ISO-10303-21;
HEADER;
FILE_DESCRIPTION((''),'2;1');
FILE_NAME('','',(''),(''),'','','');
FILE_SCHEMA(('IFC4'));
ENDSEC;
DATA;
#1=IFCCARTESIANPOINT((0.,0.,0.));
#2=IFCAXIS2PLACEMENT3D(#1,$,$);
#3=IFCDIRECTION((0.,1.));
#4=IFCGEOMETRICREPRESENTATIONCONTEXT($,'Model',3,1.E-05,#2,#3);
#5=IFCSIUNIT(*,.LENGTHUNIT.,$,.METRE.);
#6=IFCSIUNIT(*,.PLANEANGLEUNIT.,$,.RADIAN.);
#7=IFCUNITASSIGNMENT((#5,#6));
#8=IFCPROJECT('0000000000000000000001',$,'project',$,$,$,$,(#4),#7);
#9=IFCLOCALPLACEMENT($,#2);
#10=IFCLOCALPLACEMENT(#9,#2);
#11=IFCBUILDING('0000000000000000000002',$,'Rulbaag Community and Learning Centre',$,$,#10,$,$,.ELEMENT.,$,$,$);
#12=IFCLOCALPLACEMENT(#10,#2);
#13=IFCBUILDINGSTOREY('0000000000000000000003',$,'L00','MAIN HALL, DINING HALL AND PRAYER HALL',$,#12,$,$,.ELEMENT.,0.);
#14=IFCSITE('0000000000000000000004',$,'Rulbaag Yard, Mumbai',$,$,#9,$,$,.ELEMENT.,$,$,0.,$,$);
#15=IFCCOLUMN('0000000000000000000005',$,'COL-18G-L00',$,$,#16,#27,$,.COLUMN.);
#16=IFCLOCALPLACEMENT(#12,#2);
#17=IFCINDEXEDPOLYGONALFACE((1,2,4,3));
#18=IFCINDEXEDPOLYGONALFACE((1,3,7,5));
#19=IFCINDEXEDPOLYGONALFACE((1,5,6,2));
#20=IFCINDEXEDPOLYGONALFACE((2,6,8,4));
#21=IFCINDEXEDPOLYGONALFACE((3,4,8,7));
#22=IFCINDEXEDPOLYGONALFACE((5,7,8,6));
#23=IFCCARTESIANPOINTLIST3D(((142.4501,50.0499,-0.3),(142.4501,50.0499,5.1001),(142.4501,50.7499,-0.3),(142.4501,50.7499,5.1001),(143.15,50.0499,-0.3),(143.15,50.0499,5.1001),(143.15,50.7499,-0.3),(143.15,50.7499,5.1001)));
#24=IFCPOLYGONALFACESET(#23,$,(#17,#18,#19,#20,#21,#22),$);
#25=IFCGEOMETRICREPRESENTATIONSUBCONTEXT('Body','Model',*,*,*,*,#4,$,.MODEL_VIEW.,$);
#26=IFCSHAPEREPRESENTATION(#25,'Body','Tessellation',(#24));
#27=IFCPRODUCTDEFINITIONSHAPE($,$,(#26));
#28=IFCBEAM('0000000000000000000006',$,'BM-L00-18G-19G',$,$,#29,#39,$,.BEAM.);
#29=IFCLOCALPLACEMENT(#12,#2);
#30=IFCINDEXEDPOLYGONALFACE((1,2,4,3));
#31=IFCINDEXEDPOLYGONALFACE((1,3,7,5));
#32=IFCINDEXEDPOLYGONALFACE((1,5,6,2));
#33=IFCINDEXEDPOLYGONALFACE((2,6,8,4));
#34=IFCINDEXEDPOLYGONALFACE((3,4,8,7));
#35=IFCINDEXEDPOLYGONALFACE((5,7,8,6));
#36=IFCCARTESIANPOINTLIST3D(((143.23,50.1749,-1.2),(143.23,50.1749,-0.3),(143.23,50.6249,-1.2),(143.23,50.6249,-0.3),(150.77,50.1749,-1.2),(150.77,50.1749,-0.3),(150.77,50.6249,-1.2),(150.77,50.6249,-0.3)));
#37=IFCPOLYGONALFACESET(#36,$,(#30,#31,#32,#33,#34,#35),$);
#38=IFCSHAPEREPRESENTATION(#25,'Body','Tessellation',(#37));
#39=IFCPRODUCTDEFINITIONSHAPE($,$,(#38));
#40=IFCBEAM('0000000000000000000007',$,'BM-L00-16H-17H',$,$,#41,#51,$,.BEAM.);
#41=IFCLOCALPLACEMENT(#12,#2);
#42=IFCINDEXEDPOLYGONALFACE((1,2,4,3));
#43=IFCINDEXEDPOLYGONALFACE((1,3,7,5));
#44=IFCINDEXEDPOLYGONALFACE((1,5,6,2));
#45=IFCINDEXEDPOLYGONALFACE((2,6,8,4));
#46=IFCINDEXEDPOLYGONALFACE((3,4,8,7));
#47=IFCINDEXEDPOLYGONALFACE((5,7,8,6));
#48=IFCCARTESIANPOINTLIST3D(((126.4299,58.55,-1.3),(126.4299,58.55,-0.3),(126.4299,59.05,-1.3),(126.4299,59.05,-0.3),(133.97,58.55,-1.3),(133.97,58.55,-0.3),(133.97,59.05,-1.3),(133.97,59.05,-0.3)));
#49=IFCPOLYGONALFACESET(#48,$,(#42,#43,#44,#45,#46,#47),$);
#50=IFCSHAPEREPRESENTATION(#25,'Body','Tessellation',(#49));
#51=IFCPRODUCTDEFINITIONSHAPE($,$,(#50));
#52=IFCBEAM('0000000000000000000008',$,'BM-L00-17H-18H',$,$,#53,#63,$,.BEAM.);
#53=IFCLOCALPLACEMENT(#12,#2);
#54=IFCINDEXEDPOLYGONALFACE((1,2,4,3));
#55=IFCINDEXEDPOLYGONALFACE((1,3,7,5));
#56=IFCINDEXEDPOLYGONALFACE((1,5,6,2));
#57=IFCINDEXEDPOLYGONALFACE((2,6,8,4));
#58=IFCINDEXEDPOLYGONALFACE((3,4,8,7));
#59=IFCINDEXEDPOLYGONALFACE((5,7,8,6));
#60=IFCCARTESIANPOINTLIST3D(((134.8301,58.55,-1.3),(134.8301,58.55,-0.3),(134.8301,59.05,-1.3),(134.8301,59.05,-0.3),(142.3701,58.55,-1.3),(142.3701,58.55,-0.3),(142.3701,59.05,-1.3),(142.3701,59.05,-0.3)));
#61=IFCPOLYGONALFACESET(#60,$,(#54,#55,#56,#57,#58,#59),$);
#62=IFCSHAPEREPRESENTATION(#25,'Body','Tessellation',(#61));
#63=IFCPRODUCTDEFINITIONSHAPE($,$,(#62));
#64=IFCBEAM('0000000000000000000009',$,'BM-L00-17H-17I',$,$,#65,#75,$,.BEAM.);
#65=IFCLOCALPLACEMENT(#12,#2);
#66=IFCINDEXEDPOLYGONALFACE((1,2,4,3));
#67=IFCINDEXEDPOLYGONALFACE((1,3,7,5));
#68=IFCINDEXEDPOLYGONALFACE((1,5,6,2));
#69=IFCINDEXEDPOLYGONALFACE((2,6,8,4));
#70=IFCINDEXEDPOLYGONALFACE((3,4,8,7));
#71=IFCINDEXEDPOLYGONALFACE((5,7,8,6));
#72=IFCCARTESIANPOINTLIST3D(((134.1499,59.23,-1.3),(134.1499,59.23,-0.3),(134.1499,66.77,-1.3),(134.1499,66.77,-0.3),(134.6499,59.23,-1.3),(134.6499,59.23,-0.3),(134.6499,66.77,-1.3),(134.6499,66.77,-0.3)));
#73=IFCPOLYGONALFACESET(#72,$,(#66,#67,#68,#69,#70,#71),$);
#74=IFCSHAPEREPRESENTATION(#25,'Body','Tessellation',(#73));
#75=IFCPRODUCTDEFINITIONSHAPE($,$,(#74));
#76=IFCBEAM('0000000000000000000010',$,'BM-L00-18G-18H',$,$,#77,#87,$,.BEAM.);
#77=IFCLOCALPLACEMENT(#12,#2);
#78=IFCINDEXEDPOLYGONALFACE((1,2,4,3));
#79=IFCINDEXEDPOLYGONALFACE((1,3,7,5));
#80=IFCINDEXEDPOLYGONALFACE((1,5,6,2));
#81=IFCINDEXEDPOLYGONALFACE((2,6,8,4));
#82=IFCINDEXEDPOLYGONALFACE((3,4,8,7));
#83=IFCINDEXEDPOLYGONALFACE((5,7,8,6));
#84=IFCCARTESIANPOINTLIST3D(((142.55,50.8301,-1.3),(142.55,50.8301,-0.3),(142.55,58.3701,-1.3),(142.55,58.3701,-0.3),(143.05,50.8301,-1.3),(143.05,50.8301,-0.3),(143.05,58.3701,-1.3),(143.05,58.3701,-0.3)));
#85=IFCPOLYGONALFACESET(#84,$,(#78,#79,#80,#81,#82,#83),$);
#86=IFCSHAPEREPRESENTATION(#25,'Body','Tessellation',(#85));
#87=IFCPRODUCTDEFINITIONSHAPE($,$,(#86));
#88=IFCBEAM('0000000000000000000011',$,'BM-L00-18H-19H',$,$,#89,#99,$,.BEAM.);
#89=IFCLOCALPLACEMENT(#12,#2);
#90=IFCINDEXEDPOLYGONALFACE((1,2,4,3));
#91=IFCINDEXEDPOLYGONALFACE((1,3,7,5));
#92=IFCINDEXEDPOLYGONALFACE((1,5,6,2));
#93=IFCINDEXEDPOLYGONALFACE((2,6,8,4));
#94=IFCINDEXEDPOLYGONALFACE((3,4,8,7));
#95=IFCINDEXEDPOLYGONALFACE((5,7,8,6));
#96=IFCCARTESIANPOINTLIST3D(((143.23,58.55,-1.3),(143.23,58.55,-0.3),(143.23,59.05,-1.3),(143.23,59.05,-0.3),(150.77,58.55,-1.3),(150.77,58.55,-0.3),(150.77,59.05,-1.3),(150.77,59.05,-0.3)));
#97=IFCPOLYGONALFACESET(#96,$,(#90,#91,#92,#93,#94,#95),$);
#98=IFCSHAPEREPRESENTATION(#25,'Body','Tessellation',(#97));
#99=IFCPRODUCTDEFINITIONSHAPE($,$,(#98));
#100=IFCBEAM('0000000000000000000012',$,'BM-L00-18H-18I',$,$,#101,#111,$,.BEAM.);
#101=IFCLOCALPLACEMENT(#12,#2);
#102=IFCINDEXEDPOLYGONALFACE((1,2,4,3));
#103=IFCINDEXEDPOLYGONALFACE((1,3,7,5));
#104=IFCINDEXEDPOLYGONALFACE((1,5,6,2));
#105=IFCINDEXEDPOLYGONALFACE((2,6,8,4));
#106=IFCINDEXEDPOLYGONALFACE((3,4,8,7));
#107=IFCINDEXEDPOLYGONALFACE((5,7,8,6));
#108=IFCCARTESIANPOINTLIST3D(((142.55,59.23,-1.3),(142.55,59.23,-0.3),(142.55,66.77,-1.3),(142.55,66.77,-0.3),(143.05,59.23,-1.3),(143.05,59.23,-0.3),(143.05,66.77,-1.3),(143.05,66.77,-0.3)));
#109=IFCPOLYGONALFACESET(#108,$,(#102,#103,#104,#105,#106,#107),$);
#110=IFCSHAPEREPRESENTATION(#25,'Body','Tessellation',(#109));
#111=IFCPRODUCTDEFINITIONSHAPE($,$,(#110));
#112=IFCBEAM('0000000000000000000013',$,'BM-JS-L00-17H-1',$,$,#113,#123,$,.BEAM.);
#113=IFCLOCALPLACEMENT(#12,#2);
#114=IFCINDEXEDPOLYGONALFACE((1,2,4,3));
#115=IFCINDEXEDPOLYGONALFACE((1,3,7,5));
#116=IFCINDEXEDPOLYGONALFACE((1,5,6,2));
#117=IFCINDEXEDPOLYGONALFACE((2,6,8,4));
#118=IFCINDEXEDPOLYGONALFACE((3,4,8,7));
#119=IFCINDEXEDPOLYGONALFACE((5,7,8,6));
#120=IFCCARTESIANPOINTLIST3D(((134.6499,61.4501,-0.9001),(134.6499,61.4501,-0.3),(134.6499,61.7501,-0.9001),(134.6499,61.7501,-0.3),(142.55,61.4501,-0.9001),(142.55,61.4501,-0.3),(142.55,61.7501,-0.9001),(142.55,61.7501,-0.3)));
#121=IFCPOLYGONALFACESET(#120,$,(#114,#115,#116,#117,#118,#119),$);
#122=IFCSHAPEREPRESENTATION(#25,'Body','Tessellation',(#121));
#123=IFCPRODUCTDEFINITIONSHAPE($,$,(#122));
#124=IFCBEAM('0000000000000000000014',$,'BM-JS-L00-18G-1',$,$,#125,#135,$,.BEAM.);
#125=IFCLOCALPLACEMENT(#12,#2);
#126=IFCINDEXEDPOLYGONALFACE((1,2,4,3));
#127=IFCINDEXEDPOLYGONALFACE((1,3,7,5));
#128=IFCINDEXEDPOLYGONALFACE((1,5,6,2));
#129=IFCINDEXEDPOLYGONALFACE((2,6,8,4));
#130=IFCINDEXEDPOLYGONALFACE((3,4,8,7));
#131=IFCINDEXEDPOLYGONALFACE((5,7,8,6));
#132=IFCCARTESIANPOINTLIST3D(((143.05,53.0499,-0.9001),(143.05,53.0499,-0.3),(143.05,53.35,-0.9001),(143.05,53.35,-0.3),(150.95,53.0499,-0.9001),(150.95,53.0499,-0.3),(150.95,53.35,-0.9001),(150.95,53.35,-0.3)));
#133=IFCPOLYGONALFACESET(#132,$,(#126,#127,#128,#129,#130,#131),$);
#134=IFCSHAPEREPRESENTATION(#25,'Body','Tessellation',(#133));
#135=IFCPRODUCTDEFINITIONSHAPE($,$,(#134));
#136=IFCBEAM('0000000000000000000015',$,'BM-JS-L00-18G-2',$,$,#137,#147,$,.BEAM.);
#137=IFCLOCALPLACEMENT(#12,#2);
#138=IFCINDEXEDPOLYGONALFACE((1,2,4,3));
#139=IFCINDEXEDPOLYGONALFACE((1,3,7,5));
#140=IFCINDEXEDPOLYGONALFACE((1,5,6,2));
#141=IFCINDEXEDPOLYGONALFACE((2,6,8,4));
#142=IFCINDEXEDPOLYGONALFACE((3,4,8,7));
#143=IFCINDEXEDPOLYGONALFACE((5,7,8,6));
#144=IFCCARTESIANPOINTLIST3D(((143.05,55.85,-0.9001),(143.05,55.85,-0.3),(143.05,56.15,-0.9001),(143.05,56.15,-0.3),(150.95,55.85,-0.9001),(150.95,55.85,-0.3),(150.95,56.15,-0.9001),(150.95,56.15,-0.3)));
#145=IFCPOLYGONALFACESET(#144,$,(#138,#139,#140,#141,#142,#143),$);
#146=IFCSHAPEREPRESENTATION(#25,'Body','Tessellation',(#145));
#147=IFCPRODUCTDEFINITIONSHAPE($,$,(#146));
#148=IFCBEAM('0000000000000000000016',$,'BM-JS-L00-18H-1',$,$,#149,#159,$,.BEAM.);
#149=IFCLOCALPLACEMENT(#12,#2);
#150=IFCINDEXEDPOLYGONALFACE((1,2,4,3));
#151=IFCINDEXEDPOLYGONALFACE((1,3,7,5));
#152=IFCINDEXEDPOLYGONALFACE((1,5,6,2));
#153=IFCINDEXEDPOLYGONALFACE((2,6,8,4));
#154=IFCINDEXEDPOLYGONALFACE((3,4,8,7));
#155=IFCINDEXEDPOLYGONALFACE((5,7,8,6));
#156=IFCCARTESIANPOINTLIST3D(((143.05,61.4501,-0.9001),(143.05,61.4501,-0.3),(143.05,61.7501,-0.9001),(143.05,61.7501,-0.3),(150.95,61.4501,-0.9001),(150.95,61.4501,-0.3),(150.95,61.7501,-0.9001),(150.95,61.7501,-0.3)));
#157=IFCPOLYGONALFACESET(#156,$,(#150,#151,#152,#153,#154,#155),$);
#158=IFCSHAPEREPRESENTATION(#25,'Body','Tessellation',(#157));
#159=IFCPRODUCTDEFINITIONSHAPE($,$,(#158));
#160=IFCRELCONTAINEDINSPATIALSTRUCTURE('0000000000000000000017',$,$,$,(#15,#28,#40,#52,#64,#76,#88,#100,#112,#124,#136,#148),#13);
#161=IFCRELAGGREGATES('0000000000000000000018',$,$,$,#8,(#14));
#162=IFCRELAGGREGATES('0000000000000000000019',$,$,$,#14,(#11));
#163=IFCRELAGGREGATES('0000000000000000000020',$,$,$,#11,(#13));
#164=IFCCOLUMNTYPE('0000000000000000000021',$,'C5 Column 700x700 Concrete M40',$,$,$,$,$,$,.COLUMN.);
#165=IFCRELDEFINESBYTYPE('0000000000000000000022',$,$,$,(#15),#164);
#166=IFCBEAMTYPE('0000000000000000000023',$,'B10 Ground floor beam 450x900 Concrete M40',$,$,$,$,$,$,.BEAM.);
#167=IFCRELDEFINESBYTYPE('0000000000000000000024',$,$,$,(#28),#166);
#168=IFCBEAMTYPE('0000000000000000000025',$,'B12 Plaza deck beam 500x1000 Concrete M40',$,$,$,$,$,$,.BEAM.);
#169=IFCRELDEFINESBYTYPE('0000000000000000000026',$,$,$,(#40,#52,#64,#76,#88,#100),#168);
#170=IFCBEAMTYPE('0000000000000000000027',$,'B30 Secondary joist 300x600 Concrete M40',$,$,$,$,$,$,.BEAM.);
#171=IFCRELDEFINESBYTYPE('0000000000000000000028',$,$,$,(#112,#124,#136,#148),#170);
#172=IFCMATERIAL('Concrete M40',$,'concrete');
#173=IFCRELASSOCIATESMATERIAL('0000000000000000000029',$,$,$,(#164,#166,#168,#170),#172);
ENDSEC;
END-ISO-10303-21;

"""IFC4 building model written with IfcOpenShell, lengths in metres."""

from ifc_helpers import new_model, si_unit, direction, frame, origin, origin_2d, place, context, subcontext, project, spatial, rectangle, extrude, material, material_profile, profile_set, type_object, element, save


model = new_model("IFC4")

# Units and contexts
model_context = context("Model", 3, precision=1e-05, world=origin(), true_north=direction((0.0, 1.0)))
body_context = subcontext(model_context, "Body", "Model", "MODEL_VIEW")
ifc_project = project(units=[si_unit("LENGTHUNIT", "METRE"), si_unit("PLANEANGLEUNIT", "RADIAN")], contexts=[model_context])

# Site, building, storey
site_placement = place(None, origin())
site = spatial("IfcSite", under=ifc_project, at=site_placement, Name="Rulbaag Yard, Mumbai", CompositionType="ELEMENT", RefElevation=0.0)
building_placement = place(site_placement, origin())
building = spatial("IfcBuilding", under=site, at=building_placement, Name="Rulbaag Community and Learning Centre", CompositionType="ELEMENT")
storey_placement = place(building_placement, origin())
storey = spatial("IfcBuildingStorey", under=building, at=storey_placement, Name="L00", Description="MAIN HALL, DINING HALL AND PRAYER HALL", CompositionType="ELEMENT", Elevation=0.0)

# Column
ifc_material_1 = material(Name="Concrete M40", Category="concrete")
ifc_material_profile_1 = material_profile(ifc_material_1, rectangle(XDim=0.7, YDim=0.7, at=origin_2d()), Name="RC700x700")
ifc_profile_set_1 = profile_set([ifc_material_profile_1], Name="Concrete M40")
column_type = type_object("IfcColumnType", Name="C5 Column 700x700 Concrete M40", PredefinedType="COLUMN", material=ifc_profile_set_1)
column_placement = place(storey_placement, frame((142.8, 50.3999, -0.3), z_axis=(0.0, 0.0, 1.0), x_axis=(1.0, 0.0, 0.0)))
element("IfcColumn", 1, at=column_placement, inside=storey, type_object=column_type, Name="COL-18G-L00", PredefinedType="COLUMN", context=body_context, shape_type="SweptSolid", body=[
    extrude(rectangle(XDim=0.7, YDim=0.7, at=origin_2d()), origin(), (0.0, 0.0, 1.0), 5.4001),
])

# Beams
ifc_material_profile_2 = material_profile(ifc_material_1, rectangle(XDim=0.45, YDim=0.8999, at=origin_2d()), Name="RB450x900")
ifc_profile_set_2 = profile_set([ifc_material_profile_2], Name="Concrete M40")
beam_type_1 = type_object("IfcBeamType", Name="B10 Ground floor beam 450x900 Concrete M40", PredefinedType="BEAM", material=ifc_profile_set_2)
beam_1_placement = place(storey_placement, frame((143.23, 50.3999, -0.75), z_axis=(1.0, 0.0, 0.0), x_axis=(0.0, 1.0, 0.0)))
element("IfcBeam", 2, at=beam_1_placement, inside=storey, type_object=beam_type_1, Name="BM-L00-18G-19G", PredefinedType="BEAM", context=body_context, shape_type="SweptSolid", body=[
    extrude(rectangle(XDim=0.45, YDim=0.8999, at=origin_2d()), origin(), (0.0, 0.0, 1.0), 7.54),
])
ifc_material_profile_3 = material_profile(ifc_material_1, rectangle(XDim=0.5, YDim=1.0, at=origin_2d()), Name="RB500x1000")
ifc_profile_set_3 = profile_set([ifc_material_profile_3], Name="Concrete M40")
beam_type_2 = type_object("IfcBeamType", Name="B12 Plaza deck beam 500x1000 Concrete M40", PredefinedType="BEAM", material=ifc_profile_set_3)
for number, where, z_axis, x_axis, name in (
    (3, (126.4299, 58.8, -0.8), (1.0, 0.0, 0.0), (0.0, 1.0, 0.0), "BM-L00-16H-17H"),
    (4, (134.8301, 58.8, -0.8), (1.0, 0.0, 0.0), (0.0, 1.0, 0.0), "BM-L00-17H-18H"),
    (5, (134.3999, 59.23, -0.8), (0.0, 1.0, 0.0), (-1.0, 0.0, 0.0), "BM-L00-17H-17I"),
    (6, (142.8, 50.8301, -0.8), (0.0, 1.0, 0.0), (-1.0, 0.0, 0.0), "BM-L00-18G-18H"),
    (7, (143.23, 58.8, -0.8), (1.0, 0.0, 0.0), (0.0, 1.0, 0.0), "BM-L00-18H-19H"),
    (8, (142.8, 59.23, -0.8), (0.0, 1.0, 0.0), (-1.0, 0.0, 0.0), "BM-L00-18H-18I"),
):
    element("IfcBeam", number, at=place(storey_placement, frame(where, z_axis=z_axis, x_axis=x_axis)), inside=storey, type_object=beam_type_2, Name=name, PredefinedType="BEAM", context=body_context, shape_type="SweptSolid", body=[
        extrude(rectangle(XDim=0.5, YDim=1.0, at=origin_2d()), origin(), (0.0, 0.0, 1.0), 7.54),
    ])
ifc_material_profile_4 = material_profile(ifc_material_1, rectangle(XDim=0.3, YDim=0.6001, at=origin_2d()), Name="RB300x600")
ifc_profile_set_4 = profile_set([ifc_material_profile_4], Name="Concrete M40")
beam_type_3 = type_object("IfcBeamType", Name="B30 Secondary joist 300x600 Concrete M40", PredefinedType="BEAM", material=ifc_profile_set_4)
beam_2_placement = place(storey_placement, frame((134.6499, 61.6001, -0.6001), z_axis=(1.0, 0.0, 0.0), x_axis=(0.0, 1.0, 0.0)))
element("IfcBeam", 9, at=beam_2_placement, inside=storey, type_object=beam_type_3, Name="BM-JS-L00-17H-1", PredefinedType="BEAM", context=body_context, shape_type="SweptSolid", body=[
    extrude(rectangle(XDim=0.3, YDim=0.6001, at=origin_2d()), origin(), (0.0, 0.0, 1.0), 7.9001),
])
for number, where, z_axis, x_axis, name in (
    (10, (143.05, 53.2, -0.6001), (1.0, 0.0, 0.0), (0.0, 1.0, 0.0), "BM-JS-L00-18G-1"),
    (11, (143.05, 56.0, -0.6001), (1.0, 0.0, 0.0), (0.0, 1.0, 0.0), "BM-JS-L00-18G-2"),
    (12, (143.05, 61.6001, -0.6001), (1.0, 0.0, 0.0), (0.0, 1.0, 0.0), "BM-JS-L00-18H-1"),
):
    element("IfcBeam", number, at=place(storey_placement, frame(where, z_axis=z_axis, x_axis=x_axis)), inside=storey, type_object=beam_type_3, Name=name, PredefinedType="BEAM", context=body_context, shape_type="SweptSolid", body=[
        extrude(rectangle(XDim=0.3, YDim=0.6001, at=origin_2d()), origin(), (0.0, 0.0, 1.0), 7.8999),
    ])

save(model, "model.ifc")
